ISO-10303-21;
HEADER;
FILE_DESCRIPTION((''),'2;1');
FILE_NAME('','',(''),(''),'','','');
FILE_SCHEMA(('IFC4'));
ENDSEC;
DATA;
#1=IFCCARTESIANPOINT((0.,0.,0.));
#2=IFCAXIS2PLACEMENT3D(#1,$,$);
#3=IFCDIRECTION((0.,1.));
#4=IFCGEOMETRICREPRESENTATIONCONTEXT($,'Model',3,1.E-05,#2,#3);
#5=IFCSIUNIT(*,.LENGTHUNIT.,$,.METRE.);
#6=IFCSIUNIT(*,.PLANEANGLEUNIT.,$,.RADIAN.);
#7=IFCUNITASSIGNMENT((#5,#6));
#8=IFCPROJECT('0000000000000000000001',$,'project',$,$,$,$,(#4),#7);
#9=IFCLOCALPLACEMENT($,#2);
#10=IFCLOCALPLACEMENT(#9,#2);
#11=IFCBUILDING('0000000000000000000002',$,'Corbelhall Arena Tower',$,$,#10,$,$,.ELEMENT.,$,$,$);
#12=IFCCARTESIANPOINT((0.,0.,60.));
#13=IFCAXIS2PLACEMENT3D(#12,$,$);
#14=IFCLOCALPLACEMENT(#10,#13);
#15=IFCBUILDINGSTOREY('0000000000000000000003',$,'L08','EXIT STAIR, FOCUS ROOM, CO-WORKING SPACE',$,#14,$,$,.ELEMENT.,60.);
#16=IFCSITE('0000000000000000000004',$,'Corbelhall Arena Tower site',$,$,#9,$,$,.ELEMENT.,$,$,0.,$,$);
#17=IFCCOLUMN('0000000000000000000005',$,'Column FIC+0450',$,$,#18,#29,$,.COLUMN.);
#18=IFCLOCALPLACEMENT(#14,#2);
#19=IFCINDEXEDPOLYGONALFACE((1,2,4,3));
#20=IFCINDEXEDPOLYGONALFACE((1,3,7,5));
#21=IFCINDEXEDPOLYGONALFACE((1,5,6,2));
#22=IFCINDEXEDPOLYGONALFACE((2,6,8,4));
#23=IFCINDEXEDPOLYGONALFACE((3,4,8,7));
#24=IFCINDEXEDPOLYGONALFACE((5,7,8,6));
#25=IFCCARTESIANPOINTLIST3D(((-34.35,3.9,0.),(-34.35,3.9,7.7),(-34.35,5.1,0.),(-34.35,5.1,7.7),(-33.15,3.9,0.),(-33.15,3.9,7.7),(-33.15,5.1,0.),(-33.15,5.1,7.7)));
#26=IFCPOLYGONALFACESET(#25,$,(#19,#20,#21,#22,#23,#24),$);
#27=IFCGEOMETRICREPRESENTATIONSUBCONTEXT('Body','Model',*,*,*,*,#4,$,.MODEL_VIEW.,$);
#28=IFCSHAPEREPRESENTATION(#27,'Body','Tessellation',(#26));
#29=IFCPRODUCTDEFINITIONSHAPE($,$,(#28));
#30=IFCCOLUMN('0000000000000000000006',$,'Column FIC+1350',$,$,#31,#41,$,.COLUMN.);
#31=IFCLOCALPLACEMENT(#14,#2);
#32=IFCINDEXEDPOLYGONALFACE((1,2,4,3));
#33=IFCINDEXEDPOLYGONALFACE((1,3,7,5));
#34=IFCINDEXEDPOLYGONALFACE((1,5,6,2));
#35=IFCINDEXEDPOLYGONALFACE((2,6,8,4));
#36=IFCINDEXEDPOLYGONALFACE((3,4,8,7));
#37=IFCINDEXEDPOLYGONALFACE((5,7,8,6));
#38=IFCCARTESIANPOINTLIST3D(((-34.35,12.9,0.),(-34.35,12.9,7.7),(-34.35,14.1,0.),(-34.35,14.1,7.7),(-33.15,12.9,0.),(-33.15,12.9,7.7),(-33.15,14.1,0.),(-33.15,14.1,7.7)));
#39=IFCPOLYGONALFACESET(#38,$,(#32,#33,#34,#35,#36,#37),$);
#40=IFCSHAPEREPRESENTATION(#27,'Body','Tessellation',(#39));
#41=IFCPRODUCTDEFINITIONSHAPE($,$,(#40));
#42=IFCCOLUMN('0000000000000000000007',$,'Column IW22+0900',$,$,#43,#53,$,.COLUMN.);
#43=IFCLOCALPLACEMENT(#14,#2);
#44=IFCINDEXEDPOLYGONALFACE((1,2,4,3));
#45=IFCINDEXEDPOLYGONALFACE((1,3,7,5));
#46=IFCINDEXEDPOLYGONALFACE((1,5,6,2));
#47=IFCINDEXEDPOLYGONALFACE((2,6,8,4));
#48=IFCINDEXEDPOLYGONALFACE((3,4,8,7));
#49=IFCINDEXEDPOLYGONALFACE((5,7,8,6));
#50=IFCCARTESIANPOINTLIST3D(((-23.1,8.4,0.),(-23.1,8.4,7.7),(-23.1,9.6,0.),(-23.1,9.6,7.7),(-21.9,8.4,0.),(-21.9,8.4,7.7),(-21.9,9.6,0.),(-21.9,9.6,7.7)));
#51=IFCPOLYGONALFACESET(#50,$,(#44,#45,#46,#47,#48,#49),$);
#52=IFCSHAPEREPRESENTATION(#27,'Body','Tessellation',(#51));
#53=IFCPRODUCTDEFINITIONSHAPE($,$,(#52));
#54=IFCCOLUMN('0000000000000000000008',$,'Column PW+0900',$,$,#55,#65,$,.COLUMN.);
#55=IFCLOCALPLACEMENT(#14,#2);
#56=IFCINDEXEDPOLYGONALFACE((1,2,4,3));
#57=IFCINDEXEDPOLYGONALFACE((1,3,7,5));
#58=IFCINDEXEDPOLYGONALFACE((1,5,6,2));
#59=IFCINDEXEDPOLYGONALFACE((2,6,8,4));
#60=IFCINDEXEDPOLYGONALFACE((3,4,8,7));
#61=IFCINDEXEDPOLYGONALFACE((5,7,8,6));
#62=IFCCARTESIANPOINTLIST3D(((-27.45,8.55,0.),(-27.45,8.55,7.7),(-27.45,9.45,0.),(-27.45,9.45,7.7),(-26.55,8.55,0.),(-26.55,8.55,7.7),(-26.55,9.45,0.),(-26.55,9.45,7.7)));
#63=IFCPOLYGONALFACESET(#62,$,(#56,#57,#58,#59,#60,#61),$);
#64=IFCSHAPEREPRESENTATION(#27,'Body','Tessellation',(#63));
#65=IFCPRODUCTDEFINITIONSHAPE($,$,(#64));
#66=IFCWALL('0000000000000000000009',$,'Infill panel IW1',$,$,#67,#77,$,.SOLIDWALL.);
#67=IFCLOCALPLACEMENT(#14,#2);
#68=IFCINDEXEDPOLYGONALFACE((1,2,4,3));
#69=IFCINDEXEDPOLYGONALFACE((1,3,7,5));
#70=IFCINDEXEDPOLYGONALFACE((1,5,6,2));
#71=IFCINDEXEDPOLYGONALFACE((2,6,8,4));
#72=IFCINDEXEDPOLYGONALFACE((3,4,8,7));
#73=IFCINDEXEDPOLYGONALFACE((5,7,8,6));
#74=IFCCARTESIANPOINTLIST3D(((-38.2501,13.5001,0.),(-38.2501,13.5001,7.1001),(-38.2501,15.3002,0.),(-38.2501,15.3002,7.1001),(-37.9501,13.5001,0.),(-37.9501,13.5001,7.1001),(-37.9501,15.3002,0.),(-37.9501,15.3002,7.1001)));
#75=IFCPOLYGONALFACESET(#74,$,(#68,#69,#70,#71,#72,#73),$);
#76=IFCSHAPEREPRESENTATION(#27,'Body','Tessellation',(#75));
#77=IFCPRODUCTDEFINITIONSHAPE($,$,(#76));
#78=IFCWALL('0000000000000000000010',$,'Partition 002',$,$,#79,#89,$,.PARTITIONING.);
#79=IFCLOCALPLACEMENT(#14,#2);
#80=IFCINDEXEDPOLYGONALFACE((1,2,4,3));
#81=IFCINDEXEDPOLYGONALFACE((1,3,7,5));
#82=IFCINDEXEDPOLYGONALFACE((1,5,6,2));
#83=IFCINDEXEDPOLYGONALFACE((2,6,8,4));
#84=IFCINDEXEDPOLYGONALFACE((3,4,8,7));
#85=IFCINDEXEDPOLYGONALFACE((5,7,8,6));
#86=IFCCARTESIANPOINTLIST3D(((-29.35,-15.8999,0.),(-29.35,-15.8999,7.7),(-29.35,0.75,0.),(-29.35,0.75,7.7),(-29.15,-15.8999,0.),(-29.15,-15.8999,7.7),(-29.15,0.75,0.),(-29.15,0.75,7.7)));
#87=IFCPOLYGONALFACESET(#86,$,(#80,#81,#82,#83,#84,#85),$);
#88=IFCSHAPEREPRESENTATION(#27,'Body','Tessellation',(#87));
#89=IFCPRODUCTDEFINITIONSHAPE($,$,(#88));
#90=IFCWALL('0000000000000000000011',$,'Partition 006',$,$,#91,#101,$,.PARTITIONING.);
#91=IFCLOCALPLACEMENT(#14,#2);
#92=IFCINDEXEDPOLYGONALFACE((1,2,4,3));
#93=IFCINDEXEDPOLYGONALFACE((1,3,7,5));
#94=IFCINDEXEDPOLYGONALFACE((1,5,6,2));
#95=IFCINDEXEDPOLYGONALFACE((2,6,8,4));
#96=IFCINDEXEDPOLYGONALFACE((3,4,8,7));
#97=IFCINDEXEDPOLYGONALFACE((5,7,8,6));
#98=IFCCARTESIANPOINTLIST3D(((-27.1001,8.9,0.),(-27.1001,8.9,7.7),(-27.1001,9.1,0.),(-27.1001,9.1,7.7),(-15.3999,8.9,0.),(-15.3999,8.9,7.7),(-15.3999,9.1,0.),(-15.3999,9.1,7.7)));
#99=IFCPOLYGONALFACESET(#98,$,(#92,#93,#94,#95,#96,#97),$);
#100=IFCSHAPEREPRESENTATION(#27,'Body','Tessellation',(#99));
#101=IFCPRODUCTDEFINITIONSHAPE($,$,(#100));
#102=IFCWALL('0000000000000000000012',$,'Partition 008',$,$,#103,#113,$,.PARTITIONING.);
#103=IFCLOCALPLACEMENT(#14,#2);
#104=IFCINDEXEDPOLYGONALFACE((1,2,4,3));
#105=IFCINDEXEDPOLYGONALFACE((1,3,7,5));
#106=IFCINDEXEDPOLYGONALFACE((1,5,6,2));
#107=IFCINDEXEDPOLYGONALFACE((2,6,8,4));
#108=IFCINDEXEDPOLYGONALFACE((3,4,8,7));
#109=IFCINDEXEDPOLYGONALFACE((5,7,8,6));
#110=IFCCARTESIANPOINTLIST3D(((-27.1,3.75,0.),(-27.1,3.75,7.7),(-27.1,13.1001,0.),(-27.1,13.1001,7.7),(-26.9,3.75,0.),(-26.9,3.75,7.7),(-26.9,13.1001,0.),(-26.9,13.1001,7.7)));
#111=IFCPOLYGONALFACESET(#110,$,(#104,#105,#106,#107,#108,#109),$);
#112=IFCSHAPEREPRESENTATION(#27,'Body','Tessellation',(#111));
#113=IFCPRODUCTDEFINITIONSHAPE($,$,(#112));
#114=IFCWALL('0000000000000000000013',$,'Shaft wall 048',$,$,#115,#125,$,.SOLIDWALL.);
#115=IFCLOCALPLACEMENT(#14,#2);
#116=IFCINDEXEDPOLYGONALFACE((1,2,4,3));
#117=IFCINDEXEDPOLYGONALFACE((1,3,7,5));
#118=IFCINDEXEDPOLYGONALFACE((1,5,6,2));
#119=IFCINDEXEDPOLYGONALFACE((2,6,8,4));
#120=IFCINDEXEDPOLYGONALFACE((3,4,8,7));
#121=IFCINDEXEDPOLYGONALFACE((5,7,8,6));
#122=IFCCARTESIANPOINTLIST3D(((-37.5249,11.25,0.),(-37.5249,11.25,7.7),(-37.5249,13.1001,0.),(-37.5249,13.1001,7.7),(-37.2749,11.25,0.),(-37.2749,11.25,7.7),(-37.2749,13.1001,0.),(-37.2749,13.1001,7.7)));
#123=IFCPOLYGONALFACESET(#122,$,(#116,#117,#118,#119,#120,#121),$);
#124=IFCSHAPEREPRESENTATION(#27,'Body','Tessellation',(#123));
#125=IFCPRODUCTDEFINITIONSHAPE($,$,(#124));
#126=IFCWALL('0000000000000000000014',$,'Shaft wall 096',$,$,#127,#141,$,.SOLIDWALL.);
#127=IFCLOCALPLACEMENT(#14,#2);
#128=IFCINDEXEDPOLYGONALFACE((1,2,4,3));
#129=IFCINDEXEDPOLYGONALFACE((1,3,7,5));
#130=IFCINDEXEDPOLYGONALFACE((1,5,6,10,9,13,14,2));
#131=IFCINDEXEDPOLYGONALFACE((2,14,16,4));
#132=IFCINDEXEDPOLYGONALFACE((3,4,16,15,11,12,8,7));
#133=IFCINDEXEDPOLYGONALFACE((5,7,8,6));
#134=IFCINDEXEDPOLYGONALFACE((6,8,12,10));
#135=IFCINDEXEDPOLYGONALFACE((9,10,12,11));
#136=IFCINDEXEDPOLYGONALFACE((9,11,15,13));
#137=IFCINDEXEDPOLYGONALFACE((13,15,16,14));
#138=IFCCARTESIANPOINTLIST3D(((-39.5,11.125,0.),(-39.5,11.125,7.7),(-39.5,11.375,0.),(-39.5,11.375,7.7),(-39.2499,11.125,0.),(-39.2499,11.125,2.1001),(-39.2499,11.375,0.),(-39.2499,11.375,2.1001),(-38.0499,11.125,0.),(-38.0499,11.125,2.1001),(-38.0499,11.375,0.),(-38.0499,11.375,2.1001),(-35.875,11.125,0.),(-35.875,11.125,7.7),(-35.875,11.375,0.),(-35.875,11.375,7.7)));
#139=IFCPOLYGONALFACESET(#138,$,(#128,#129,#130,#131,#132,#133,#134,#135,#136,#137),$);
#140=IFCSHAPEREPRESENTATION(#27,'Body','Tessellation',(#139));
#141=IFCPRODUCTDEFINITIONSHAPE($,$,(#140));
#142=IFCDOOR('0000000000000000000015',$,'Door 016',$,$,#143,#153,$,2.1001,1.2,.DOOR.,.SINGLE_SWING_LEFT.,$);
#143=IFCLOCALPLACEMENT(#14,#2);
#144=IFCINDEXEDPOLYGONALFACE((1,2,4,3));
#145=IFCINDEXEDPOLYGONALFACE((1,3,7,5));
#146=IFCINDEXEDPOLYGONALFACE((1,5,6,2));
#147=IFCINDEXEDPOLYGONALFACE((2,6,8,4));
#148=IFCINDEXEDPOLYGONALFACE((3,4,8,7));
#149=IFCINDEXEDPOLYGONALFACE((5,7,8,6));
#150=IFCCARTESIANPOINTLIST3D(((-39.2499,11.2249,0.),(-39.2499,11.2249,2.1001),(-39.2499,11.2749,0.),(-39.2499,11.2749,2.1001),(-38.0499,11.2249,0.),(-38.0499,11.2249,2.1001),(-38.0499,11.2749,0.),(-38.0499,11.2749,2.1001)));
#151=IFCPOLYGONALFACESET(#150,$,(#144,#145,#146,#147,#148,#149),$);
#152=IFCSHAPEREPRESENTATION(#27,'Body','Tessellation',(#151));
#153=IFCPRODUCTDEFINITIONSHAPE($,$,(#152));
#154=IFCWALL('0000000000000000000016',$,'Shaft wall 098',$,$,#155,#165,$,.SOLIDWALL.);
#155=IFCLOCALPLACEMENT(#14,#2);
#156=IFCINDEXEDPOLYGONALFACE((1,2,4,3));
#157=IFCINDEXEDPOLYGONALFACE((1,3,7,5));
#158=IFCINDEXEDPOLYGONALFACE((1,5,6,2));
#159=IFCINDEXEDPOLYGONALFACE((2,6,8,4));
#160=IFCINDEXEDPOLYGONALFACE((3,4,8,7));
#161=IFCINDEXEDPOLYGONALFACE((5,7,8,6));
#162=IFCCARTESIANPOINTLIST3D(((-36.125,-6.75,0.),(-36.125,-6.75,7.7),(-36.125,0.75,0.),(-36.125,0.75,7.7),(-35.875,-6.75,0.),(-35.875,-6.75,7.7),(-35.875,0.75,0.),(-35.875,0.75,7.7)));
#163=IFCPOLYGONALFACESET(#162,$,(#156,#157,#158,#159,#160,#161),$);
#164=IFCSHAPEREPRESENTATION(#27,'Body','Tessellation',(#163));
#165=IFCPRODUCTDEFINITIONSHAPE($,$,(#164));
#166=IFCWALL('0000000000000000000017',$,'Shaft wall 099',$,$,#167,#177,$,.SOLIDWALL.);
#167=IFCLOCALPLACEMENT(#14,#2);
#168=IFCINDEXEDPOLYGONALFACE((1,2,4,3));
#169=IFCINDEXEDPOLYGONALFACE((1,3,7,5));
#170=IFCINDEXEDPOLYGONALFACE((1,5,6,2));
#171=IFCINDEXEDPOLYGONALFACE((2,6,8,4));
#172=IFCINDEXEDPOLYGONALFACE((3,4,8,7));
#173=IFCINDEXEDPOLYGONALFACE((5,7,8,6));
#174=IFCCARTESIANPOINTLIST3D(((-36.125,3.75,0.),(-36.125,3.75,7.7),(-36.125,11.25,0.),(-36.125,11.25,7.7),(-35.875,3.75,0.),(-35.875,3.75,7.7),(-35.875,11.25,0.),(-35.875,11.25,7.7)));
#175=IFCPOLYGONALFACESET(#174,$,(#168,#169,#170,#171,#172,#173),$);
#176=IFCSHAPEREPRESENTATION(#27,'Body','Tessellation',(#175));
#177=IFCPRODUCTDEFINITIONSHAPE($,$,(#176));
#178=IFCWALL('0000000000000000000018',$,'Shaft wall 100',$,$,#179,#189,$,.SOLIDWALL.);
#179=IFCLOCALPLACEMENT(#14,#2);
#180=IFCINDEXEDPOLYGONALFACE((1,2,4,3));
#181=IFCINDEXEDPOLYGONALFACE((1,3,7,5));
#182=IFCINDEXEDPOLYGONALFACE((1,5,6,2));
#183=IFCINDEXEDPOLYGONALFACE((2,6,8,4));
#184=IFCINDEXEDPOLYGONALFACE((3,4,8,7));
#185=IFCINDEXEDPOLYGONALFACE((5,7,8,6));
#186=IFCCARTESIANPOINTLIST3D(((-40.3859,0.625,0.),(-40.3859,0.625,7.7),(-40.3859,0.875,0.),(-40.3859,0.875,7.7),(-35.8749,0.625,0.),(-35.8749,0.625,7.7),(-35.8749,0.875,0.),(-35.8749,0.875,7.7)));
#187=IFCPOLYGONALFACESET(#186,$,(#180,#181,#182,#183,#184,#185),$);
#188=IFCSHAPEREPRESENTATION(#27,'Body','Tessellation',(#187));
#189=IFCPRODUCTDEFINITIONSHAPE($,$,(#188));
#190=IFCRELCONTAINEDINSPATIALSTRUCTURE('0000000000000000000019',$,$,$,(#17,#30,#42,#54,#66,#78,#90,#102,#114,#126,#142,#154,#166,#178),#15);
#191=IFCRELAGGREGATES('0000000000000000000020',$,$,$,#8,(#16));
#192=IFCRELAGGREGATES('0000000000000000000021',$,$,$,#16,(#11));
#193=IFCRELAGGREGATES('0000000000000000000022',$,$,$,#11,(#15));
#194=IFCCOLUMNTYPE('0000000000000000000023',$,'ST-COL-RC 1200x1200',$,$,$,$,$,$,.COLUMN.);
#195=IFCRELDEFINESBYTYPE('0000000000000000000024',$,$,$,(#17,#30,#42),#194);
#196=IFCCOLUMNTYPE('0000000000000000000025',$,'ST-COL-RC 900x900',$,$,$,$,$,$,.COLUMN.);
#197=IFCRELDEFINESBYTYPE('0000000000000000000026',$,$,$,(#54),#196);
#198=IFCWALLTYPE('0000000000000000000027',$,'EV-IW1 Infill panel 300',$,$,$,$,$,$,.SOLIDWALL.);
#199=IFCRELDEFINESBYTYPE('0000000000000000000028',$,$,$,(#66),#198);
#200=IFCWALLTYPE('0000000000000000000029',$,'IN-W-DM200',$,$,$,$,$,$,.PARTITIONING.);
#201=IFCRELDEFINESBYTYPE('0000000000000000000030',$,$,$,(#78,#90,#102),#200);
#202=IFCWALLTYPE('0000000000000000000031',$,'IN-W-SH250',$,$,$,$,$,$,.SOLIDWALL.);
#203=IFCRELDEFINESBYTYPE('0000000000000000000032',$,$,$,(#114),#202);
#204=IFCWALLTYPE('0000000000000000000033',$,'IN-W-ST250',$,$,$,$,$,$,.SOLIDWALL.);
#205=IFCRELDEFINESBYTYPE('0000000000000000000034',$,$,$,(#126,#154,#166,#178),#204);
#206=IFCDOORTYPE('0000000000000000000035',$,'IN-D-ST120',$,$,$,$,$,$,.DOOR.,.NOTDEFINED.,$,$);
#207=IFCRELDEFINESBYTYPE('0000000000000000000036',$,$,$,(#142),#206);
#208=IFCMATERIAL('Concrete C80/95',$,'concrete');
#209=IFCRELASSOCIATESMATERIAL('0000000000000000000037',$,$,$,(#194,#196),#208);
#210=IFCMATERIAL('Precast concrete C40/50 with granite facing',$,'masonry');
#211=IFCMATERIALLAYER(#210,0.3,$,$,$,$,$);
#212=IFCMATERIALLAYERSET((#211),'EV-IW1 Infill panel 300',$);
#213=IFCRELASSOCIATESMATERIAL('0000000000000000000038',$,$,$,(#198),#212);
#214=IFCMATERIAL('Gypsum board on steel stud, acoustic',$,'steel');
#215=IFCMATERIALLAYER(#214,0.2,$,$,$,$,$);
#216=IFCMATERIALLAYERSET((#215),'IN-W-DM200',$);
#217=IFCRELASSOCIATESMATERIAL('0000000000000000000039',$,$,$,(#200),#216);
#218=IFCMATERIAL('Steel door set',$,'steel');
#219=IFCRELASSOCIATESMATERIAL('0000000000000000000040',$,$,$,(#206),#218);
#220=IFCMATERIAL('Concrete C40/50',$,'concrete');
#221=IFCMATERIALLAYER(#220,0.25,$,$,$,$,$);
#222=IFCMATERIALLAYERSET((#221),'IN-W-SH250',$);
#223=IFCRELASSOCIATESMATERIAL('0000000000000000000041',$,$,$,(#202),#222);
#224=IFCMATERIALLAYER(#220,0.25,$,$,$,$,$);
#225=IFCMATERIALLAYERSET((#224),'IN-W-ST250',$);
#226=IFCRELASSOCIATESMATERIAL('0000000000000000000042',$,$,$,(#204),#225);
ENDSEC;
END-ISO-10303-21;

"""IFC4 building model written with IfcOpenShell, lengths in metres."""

from ifc_helpers import new_model, si_unit, direction, frame, frame_2d, origin, origin_2d, place, context, subcontext, project, spatial, rectangle, extrude, material, layer, layer_set, material_profile, profile_set, type_object, element, fill, save


model = new_model("IFC4")

# Units and contexts
model_context = context("Model", 3, precision=1e-05, world=origin(), true_north=direction((0.0, 1.0)))
body_context = subcontext(model_context, "Body", "Model", "MODEL_VIEW")
ifc_project = project(units=[si_unit("LENGTHUNIT", "METRE"), si_unit("PLANEANGLEUNIT", "RADIAN")], contexts=[model_context])

# Site, building, storey
site_placement = place(None, origin())
site = spatial("IfcSite", under=ifc_project, at=site_placement, Name="Corbelhall Arena Tower site", CompositionType="ELEMENT", RefElevation=0.0)
building_placement = place(site_placement, origin())
building = spatial("IfcBuilding", under=site, at=building_placement, Name="Corbelhall Arena Tower", CompositionType="ELEMENT")
storey_placement = place(building_placement, frame((0.0, 0.0, 60.0)))
storey = spatial("IfcBuildingStorey", under=building, at=storey_placement, Name="L08", Description="EXIT STAIR, FOCUS ROOM, CO-WORKING SPACE", CompositionType="ELEMENT", Elevation=60.0)

# Columns
ifc_material_1 = material(Name="Concrete C80/95", Category="concrete")
ifc_material_profile_1 = material_profile(ifc_material_1, rectangle(XDim=1.2, YDim=1.2, at=origin_2d()))
ifc_profile_set_1 = profile_set([ifc_material_profile_1], Name="Concrete C80/95")
column_type_1 = type_object("IfcColumnType", Name="ST-COL-RC 1200x1200", PredefinedType="COLUMN", material=ifc_profile_set_1)
for number, where, z_axis, x_axis, name in (
    (1, (-33.75, 4.5, 0.0), (0.0, 0.0, 1.0), (1.0, 0.0, 0.0), "Column FIC+0450"),
    (2, (-33.75, 13.5, 0.0), (0.0, 0.0, 1.0), (1.0, 0.0, 0.0), "Column FIC+1350"),
    (3, (-22.5, 9.0, 0.0), (0.0, 0.0, 1.0), (1.0, 0.0, 0.0), "Column IW22+0900"),
):
    element("IfcColumn", number, at=place(storey_placement, frame(where, z_axis=z_axis, x_axis=x_axis)), inside=storey, type_object=column_type_1, Name=name, PredefinedType="COLUMN", context=body_context, shape_type="SweptSolid", body=[
        extrude(rectangle(XDim=1.2, YDim=1.2, at=origin_2d()), origin(), (0.0, 0.0, 1.0), 7.7),
    ])
ifc_material_profile_2 = material_profile(ifc_material_1, rectangle(XDim=0.8999, YDim=0.8999, at=origin_2d()))
ifc_profile_set_2 = profile_set([ifc_material_profile_2], Name="Concrete C80/95")
column_type_2 = type_object("IfcColumnType", Name="ST-COL-RC 900x900", PredefinedType="COLUMN", material=ifc_profile_set_2)
column_placement = place(storey_placement, frame((-27.0, 9.0, 0.0), z_axis=(0.0, 0.0, 1.0), x_axis=(1.0, 0.0, 0.0)))
element("IfcColumn", 4, at=column_placement, inside=storey, type_object=column_type_2, Name="Column PW+0900", PredefinedType="COLUMN", context=body_context, shape_type="SweptSolid", body=[
    extrude(rectangle(XDim=0.8999, YDim=0.8999, at=origin_2d()), origin(), (0.0, 0.0, 1.0), 7.7),
])

# Wall
ifc_material_2 = material(Name="Precast concrete C40/50 with granite facing", Category="masonry")
ifc_layer_1 = layer(ifc_material_2, 0.3)
ifc_layer_set_1 = layer_set([ifc_layer_1], Name="EV-IW1 Infill panel 300")
wall_type_1 = type_object("IfcWallType", Name="EV-IW1 Infill panel 300", PredefinedType="SOLIDWALL", material=ifc_layer_set_1)
wall_1_placement = place(storey_placement, frame((-38.1001, 15.3, 0.0), z_axis=(0.0, 0.0, 1.0), x_axis=(0.0, -1.0, 0.0)))
element("IfcWall", 5, at=wall_1_placement, inside=storey, type_object=wall_type_1, Name="Infill panel IW1", PredefinedType="SOLIDWALL", context=body_context, shape_type="SweptSolid", body=[
    extrude(rectangle(XDim=1.8, YDim=0.3, at=frame_2d((0.8999, 0.0))), origin(), (0.0, 0.0, 1.0), 7.1001),
])

# Shared definitions
ifc_material_3 = material(Name="Gypsum board on steel stud, acoustic", Category="steel")
ifc_layer_2 = layer(ifc_material_3, 0.2)
ifc_layer_set_2 = layer_set([ifc_layer_2], Name="IN-W-DM200")
wall_type_2 = type_object("IfcWallType", Name="IN-W-DM200", PredefinedType="PARTITIONING", material=ifc_layer_set_2)
ifc_material_4 = material(Name="Steel door set", Category="steel")

# Walls
wall_2_placement = place(storey_placement, frame((-29.25, 0.75, 0.0), z_axis=(0.0, 0.0, 1.0), x_axis=(0.0, -1.0, 0.0)))
element("IfcWall", 6, at=wall_2_placement, inside=storey, type_object=wall_type_2, Name="Partition 002", PredefinedType="PARTITIONING", context=body_context, shape_type="SweptSolid", body=[
    extrude(rectangle(XDim=16.6499, YDim=0.2, at=frame_2d((8.325, 0.0))), origin(), (0.0, 0.0, 1.0), 7.7),
])
wall_3_placement = place(storey_placement, frame((-27.1001, 9.0, 0.0), z_axis=(0.0, 0.0, 1.0), x_axis=(1.0, 0.0, 0.0)))
element("IfcWall", 7, at=wall_3_placement, inside=storey, type_object=wall_type_2, Name="Partition 006", PredefinedType="PARTITIONING", context=body_context, shape_type="SweptSolid", body=[
    extrude(rectangle(XDim=11.7002, YDim=0.2, at=frame_2d((5.8501, 0.0))), origin(), (0.0, 0.0, 1.0), 7.7),
])
wall_4_placement = place(storey_placement, frame((-27.0, 3.75, 0.0), z_axis=(0.0, 0.0, 1.0), x_axis=(0.0, 1.0, 0.0)))
element("IfcWall", 8, at=wall_4_placement, inside=storey, type_object=wall_type_2, Name="Partition 008", PredefinedType="PARTITIONING", context=body_context, shape_type="SweptSolid", body=[
    extrude(rectangle(XDim=9.3501, YDim=0.2, at=frame_2d((4.675, 0.0))), origin(), (0.0, 0.0, 1.0), 7.7),
])

# Shared definitions
ifc_material_5 = material(Name="Concrete C40/50", Category="concrete")
door_type_1 = type_object("IfcDoorType", Name="IN-D-ST120", OperationType="NOTDEFINED", PredefinedType="DOOR", material=ifc_material_4)

# Wall
ifc_layer_3 = layer(ifc_material_5, 0.25)
ifc_layer_set_3 = layer_set([ifc_layer_3], Name="IN-W-SH250")
wall_type_3 = type_object("IfcWallType", Name="IN-W-SH250", PredefinedType="SOLIDWALL", material=ifc_layer_set_3)
wall_5_placement = place(storey_placement, frame((-37.3999, 13.1001, 0.0), z_axis=(0.0, 0.0, 1.0), x_axis=(0.0, -1.0, 0.0)))
element("IfcWall", 9, at=wall_5_placement, inside=storey, type_object=wall_type_3, Name="Shaft wall 048", PredefinedType="SOLIDWALL", context=body_context, shape_type="SweptSolid", body=[
    extrude(rectangle(XDim=1.8501, YDim=0.25, at=frame_2d((0.925, 0.0))), origin(), (0.0, 0.0, 1.0), 7.7),
])

# Wall, opening, door
ifc_layer_4 = layer(ifc_material_5, 0.25)
ifc_layer_set_4 = layer_set([ifc_layer_4], Name="IN-W-ST250")
wall_type_4 = type_object("IfcWallType", Name="IN-W-ST250", PredefinedType="SOLIDWALL", material=ifc_layer_set_4)
wall_6_placement = place(storey_placement, frame((-39.5, 11.25, 0.0), z_axis=(0.0, 0.0, 1.0), x_axis=(1.0, 0.0, 0.0)))
wall_6 = element("IfcWall", 10, at=wall_6_placement, inside=storey, type_object=wall_type_4, Name="Shaft wall 096", PredefinedType="SOLIDWALL", context=body_context, shape_type="SweptSolid", body=[
    extrude(rectangle(XDim=3.625, YDim=0.25, at=frame_2d((1.8125, 0.0))), origin(), (0.0, 0.0, 1.0), 7.7),
])
opening_1_placement = place(wall_6_placement, frame((0.25, 0.0, 0.0)))
opening_1 = element("IfcOpeningElement", 11, at=opening_1_placement, cuts=wall_6, PredefinedType="OPENING", context=body_context, shape_type="SweptSolid", body=[
    extrude(rectangle(XDim=1.2, YDim=2.1001, at=frame_2d((0.6001, 1.05))), frame((0.0, 0.125, 0.0), z_axis=(0.0, -1.0, 0.0), x_axis=(1.0, 0.0, 0.0)), (0.0, 0.0, 1.0), 0.25),
])
door_1_placement = place(opening_1_placement, origin())
door_1 = element("IfcDoor", 12, at=door_1_placement, inside=storey, type_object=door_type_1, Name="Door 016", OperationType="SINGLE_SWING_LEFT", OverallHeight=2.1001, OverallWidth=1.2, PredefinedType="DOOR", context=body_context, shape_type="SweptSolid", body=[
    extrude(rectangle(XDim=1.2, YDim=2.1001, at=frame_2d((0.6001, 1.05))), frame((0.0, 0.0249, 0.0), z_axis=(0.0, -1.0, 0.0), x_axis=(1.0, 0.0, 0.0)), (0.0, 0.0, 1.0), 0.05),
])
fill(opening_1, door_1)

# Walls
for number, where, z_axis, x_axis, name in (
    (13, (-36.0, 0.75, 0.0), (0.0, 0.0, 1.0), (0.0, -1.0, 0.0), "Shaft wall 098"),
    (14, (-36.0, 11.25, 0.0), (0.0, 0.0, 1.0), (0.0, -1.0, 0.0), "Shaft wall 099"),
):
    element("IfcWall", number, at=place(storey_placement, frame(where, z_axis=z_axis, x_axis=x_axis)), inside=storey, type_object=wall_type_4, Name=name, PredefinedType="SOLIDWALL", context=body_context, shape_type="SweptSolid", body=[
        extrude(rectangle(XDim=7.5, YDim=0.25, at=frame_2d((3.75, 0.0))), origin(), (0.0, 0.0, 1.0), 7.7),
    ])
wall_7_placement = place(storey_placement, frame((-35.875, 0.75, 0.0), z_axis=(0.0, 0.0, 1.0), x_axis=(-1.0, 0.0, 0.0)))
element("IfcWall", 15, at=wall_7_placement, inside=storey, type_object=wall_type_4, Name="Shaft wall 100", PredefinedType="SOLIDWALL", context=body_context, shape_type="SweptSolid", body=[
    extrude(rectangle(XDim=4.511, YDim=0.25, at=frame_2d((2.2554, 0.0))), origin(), (0.0, 0.0, 1.0), 7.7),
])

save(model, "model.ifc")
